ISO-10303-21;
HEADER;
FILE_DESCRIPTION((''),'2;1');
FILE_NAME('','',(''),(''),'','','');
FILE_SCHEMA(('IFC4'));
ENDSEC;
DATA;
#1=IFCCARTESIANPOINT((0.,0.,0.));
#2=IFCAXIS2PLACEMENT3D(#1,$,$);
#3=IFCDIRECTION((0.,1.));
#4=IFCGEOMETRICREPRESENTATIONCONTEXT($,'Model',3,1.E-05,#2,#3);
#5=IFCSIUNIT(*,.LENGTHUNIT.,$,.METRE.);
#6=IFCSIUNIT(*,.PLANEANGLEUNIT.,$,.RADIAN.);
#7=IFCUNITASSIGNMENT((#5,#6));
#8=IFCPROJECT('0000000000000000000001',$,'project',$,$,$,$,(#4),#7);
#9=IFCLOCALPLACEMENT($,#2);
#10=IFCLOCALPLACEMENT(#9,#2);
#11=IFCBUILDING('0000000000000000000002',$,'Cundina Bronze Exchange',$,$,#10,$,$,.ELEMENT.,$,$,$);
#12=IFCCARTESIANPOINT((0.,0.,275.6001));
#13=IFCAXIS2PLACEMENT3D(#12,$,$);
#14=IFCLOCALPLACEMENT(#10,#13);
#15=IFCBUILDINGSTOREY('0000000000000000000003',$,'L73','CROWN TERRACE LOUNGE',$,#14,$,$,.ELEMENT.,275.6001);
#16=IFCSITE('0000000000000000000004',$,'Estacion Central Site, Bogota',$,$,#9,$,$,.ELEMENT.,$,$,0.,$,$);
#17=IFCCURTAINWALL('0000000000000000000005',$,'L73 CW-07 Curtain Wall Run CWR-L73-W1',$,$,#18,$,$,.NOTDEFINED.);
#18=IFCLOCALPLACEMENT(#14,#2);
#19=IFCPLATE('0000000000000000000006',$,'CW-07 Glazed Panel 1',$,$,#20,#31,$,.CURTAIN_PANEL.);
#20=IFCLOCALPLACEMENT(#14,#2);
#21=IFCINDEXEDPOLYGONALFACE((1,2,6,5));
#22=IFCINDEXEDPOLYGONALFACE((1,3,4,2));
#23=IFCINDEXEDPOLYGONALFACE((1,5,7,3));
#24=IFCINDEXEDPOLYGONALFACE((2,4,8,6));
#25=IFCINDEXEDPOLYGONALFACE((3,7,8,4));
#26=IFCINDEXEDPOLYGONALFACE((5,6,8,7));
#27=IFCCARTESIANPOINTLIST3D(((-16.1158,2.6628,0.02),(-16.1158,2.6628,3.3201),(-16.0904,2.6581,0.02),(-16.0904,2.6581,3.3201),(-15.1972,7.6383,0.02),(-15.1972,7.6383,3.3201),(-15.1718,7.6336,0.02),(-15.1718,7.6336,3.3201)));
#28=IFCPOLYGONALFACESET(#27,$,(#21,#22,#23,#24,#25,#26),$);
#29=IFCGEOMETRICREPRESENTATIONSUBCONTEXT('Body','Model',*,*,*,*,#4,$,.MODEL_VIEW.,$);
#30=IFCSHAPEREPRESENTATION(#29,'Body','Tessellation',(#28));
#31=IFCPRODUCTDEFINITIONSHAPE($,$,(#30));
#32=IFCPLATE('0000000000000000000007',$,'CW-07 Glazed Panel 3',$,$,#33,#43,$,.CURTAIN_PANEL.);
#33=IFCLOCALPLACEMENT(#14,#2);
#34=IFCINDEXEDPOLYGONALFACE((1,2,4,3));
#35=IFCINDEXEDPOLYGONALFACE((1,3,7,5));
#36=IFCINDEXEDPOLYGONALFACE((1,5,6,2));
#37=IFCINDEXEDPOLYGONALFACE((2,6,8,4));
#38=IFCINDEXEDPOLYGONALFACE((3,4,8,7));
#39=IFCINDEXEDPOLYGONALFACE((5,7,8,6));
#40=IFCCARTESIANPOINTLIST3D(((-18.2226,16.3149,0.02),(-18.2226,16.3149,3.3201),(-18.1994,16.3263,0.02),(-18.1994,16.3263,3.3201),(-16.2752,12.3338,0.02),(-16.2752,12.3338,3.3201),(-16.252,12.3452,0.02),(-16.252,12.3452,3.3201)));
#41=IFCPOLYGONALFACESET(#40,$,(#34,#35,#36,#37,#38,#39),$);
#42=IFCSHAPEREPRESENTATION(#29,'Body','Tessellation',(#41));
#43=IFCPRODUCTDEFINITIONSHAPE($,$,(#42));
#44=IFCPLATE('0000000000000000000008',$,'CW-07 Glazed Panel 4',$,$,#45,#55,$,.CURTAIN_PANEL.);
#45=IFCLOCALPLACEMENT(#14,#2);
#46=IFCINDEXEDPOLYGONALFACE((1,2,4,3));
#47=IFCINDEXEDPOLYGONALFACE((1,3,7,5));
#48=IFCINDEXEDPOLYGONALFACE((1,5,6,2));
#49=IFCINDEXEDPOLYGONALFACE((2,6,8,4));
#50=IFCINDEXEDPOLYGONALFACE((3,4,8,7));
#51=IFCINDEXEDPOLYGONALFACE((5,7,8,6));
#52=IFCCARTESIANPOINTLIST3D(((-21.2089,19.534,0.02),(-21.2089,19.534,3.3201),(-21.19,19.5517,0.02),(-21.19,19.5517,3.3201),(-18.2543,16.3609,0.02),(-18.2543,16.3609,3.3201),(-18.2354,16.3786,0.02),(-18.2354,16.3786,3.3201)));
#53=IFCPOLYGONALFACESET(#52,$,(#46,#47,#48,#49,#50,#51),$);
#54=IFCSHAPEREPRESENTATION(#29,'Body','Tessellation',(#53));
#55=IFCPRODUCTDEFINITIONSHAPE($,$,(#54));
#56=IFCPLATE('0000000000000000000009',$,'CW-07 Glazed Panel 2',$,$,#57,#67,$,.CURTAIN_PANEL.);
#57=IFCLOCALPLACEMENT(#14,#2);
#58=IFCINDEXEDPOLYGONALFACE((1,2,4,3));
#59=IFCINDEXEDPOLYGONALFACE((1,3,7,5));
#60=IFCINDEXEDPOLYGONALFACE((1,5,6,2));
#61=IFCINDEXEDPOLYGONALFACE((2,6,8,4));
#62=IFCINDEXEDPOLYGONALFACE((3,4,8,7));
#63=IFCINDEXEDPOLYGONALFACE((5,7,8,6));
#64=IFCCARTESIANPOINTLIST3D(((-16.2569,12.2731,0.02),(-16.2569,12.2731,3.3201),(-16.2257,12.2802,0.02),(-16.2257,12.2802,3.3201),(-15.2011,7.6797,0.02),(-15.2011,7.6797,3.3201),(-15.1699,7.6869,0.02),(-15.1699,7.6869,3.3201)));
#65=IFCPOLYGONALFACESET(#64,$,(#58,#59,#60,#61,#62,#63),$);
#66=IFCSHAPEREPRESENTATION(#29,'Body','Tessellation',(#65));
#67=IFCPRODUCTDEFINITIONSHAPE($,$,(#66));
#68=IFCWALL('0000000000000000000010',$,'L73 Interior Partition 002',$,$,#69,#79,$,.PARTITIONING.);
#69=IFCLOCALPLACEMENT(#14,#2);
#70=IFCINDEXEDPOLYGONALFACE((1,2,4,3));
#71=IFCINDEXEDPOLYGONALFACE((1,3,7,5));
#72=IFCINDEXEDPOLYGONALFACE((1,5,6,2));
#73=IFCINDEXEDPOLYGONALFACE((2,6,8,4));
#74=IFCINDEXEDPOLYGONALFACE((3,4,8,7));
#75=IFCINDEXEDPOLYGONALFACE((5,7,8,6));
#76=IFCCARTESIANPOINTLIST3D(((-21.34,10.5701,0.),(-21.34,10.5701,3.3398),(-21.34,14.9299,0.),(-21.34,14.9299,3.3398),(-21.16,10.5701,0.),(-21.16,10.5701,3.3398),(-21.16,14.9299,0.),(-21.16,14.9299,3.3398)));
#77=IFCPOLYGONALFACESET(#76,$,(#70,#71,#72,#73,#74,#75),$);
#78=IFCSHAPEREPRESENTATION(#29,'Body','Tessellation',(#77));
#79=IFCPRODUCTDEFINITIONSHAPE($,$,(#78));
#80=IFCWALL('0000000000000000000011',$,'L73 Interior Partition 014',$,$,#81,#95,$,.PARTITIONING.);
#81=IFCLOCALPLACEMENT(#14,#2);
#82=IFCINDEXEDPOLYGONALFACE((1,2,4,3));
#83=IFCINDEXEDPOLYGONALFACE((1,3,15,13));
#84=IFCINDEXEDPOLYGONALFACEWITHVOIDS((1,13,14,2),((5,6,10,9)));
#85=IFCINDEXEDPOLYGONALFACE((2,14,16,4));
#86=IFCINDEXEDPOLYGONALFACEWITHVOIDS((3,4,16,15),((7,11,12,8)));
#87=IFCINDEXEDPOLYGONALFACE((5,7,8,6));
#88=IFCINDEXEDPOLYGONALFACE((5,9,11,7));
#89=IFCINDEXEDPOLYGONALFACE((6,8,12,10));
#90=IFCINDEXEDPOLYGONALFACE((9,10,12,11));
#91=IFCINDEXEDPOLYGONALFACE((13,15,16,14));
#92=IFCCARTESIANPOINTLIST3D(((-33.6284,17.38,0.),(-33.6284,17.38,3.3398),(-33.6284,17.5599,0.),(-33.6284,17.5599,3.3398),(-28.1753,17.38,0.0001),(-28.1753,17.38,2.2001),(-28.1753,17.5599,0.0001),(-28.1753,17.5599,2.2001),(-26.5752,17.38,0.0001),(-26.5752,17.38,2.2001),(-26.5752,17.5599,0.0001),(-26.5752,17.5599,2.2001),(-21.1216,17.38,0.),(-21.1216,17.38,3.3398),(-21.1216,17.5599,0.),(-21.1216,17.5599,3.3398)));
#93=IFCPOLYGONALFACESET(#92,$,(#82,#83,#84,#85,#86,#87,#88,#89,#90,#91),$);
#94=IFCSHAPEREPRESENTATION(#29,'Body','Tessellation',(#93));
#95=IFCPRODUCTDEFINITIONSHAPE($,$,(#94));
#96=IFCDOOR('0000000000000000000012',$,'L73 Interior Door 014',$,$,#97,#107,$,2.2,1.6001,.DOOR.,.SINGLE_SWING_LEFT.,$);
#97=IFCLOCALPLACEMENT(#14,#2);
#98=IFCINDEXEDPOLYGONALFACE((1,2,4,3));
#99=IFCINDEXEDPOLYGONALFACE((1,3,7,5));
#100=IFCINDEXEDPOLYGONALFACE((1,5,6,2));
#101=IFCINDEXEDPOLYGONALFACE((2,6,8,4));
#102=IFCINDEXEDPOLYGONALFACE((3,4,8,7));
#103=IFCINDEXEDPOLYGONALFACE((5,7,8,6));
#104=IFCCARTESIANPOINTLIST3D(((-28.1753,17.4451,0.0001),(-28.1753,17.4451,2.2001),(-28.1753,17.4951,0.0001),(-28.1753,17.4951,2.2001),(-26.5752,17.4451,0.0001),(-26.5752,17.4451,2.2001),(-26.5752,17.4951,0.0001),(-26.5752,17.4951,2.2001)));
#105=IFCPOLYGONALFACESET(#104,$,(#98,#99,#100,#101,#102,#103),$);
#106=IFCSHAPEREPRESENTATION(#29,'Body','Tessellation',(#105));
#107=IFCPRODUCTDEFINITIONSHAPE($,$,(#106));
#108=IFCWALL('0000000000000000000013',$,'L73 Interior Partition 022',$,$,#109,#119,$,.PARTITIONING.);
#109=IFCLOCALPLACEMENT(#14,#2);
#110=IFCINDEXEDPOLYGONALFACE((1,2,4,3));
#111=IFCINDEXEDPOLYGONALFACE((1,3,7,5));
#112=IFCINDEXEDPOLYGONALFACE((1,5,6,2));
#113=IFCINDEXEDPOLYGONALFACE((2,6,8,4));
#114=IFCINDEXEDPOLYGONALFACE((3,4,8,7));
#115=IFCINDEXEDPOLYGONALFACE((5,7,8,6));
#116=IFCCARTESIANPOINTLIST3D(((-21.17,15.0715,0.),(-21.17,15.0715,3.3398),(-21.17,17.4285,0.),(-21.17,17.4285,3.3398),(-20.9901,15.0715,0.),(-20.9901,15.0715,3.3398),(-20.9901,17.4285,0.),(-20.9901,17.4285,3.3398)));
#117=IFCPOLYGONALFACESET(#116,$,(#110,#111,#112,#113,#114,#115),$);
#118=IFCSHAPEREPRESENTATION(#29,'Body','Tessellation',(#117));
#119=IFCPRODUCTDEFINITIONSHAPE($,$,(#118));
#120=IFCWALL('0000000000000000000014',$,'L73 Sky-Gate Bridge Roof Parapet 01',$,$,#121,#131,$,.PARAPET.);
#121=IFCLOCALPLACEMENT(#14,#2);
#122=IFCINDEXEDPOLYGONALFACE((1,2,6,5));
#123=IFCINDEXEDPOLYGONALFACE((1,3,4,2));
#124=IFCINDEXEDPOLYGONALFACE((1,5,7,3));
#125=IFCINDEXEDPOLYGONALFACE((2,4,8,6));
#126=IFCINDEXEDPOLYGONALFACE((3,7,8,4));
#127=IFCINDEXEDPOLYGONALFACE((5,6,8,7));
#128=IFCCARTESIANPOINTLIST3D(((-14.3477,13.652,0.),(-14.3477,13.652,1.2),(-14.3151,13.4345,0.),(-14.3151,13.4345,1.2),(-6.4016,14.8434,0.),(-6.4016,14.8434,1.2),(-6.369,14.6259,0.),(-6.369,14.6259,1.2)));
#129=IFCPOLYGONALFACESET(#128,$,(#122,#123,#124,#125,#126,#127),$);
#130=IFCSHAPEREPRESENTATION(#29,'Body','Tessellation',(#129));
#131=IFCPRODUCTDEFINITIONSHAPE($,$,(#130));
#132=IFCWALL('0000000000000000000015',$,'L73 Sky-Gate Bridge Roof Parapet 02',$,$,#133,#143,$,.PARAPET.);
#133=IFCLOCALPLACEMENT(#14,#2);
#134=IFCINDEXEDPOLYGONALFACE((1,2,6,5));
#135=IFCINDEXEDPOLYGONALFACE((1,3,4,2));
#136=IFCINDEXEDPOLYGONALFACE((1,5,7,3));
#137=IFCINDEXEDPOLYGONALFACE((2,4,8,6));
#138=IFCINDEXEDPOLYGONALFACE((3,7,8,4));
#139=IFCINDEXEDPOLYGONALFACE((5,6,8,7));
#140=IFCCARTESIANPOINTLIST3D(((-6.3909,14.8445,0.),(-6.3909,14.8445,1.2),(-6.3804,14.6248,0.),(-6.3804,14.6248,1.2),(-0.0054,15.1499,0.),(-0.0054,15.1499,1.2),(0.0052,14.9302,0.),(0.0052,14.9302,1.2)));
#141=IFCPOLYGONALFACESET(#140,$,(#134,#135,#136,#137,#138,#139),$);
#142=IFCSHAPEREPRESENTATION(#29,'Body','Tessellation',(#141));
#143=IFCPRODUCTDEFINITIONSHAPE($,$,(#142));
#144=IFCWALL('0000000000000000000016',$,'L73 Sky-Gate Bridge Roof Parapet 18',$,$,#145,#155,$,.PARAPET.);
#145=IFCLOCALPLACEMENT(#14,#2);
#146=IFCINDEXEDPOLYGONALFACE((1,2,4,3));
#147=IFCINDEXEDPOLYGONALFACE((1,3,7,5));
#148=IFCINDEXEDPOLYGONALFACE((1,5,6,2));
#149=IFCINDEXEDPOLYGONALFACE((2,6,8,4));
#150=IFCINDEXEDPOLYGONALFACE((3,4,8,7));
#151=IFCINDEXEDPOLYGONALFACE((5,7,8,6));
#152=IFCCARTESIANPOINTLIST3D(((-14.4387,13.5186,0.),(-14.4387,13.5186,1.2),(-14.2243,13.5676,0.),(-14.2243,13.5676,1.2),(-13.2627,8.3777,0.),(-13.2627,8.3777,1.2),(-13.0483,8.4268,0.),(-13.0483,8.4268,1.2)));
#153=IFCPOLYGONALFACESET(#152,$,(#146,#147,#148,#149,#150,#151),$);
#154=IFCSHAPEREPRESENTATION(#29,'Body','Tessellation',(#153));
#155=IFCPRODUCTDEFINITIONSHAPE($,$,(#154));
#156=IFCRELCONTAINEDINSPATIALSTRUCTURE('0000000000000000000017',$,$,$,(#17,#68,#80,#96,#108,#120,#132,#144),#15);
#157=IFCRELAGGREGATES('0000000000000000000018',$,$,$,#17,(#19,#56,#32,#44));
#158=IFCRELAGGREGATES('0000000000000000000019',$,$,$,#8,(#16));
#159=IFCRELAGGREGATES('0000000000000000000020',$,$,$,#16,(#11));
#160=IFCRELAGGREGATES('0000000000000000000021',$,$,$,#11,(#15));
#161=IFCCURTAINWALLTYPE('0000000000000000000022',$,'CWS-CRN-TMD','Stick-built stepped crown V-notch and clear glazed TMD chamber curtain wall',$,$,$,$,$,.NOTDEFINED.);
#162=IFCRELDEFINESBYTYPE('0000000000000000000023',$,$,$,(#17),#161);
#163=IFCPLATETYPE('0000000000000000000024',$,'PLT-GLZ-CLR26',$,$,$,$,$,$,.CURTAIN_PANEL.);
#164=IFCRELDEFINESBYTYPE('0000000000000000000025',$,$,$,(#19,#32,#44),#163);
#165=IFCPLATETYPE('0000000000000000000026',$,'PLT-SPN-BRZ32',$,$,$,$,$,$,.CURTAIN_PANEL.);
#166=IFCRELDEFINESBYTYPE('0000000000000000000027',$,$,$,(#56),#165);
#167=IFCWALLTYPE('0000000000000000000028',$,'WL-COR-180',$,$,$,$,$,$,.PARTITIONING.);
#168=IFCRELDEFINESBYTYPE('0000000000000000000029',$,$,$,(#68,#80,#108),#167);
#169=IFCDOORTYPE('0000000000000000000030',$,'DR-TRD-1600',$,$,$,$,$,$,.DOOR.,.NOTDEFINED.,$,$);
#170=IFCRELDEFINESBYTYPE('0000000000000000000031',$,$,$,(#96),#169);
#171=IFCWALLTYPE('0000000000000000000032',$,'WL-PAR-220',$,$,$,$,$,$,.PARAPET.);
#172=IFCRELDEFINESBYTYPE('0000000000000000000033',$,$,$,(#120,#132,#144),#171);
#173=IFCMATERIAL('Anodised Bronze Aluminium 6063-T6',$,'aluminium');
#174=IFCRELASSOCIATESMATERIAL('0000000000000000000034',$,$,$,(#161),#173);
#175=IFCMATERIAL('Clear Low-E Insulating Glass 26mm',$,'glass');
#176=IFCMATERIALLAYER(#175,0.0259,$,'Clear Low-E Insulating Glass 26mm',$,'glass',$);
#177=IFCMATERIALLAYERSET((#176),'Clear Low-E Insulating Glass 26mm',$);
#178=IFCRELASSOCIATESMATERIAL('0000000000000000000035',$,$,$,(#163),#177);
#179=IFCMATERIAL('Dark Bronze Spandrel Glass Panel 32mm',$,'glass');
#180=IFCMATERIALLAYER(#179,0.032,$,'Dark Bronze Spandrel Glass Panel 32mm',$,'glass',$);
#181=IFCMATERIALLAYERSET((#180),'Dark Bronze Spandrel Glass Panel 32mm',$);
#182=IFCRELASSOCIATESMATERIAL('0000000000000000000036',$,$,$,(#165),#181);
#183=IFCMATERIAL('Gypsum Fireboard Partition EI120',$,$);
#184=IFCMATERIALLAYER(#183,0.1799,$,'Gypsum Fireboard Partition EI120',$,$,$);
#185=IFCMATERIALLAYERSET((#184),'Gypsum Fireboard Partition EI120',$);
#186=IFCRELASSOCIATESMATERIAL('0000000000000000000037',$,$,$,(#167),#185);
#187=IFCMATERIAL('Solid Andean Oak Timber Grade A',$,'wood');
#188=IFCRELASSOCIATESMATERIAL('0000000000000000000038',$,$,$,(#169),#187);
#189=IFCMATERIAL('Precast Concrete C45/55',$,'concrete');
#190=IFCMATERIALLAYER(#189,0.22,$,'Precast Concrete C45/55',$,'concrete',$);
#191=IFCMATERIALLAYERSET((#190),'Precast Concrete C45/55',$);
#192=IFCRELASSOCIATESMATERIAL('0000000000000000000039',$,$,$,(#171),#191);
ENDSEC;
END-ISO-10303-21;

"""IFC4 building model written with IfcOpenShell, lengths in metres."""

from ifc_helpers import new_model, si_unit, direction, frame, frame_2d, origin, origin_2d, place, context, subcontext, project, spatial, rectangle, extrude, material, layer, layer_set, type_object, element, fill, aggregate, save


model = new_model("IFC4")

# Units and contexts
model_context = context("Model", 3, precision=1e-05, world=origin(), true_north=direction((0.0, 1.0)))
body_context = subcontext(model_context, "Body", "Model", "MODEL_VIEW")
ifc_project = project(units=[si_unit("LENGTHUNIT", "METRE"), si_unit("PLANEANGLEUNIT", "RADIAN")], contexts=[model_context])

# Site, building, storey
site_placement = place(None, origin())
site = spatial("IfcSite", under=ifc_project, at=site_placement, Name="Estacion Central Site, Bogota", CompositionType="ELEMENT", RefElevation=0.0)
building_placement = place(site_placement, origin())
building = spatial("IfcBuilding", under=site, at=building_placement, Name="Cundina Bronze Exchange", CompositionType="ELEMENT")
storey_placement = place(building_placement, frame((0.0, 0.0, 275.6001)))
storey = spatial("IfcBuildingStorey", under=building, at=storey_placement, Name="L73", Description="CROWN TERRACE LOUNGE", CompositionType="ELEMENT", Elevation=275.6001)

# Curtain wall, plates
ifc_material_1 = material(Name="Anodised Bronze Aluminium 6063-T6", Category="aluminium")
curtain_wall_type = type_object("IfcCurtainWallType", Name="CWS-CRN-TMD", Description="Stick-built stepped crown V-notch and clear glazed TMD chamber curtain wall", PredefinedType="NOTDEFINED", material=ifc_material_1)
curtain_wall_placement = place(storey_placement, origin())
curtain_wall = element("IfcCurtainWall", 1, at=curtain_wall_placement, inside=storey, type_object=curtain_wall_type, Name="L73 CW-07 Curtain Wall Run CWR-L73-W1", PredefinedType="NOTDEFINED")
ifc_material_2 = material(Name="Clear Low-E Insulating Glass 26mm", Category="glass")
ifc_layer_1 = layer(ifc_material_2, 0.0259, Name="Clear Low-E Insulating Glass 26mm", Category="glass")
ifc_layer_set_1 = layer_set([ifc_layer_1], Name="Clear Low-E Insulating Glass 26mm")
plate_type_1 = type_object("IfcPlateType", Name="PLT-GLZ-CLR26", PredefinedType="CURTAIN_PANEL", material=ifc_layer_set_1)
plate_1_placement = place(storey_placement, frame((-15.6438, 5.1482, 0.02), z_axis=(0.0, 0.0, 1.0), x_axis=(0.181566, 0.983379, 0.0)))
plate_1 = element("IfcPlate", 2, at=plate_1_placement, type_object=plate_type_1, Name="CW-07 Glazed Panel 1", PredefinedType="CURTAIN_PANEL", context=body_context, shape_type="SweptSolid", body=[
    extrude(rectangle(XDim=5.0596, YDim=0.0259, at=origin_2d()), origin(), (0.0, 0.0, 1.0), 3.3),
])
plate_2_placement = place(storey_placement, frame((-17.2373, 14.3301, 0.02), z_axis=(0.0, 0.0, 1.0), x_axis=(-0.439406, 0.898288, 0.0)))
plate_2 = element("IfcPlate", 3, at=plate_2_placement, type_object=plate_type_1, Name="CW-07 Glazed Panel 3", PredefinedType="CURTAIN_PANEL", context=body_context, shape_type="SweptSolid", body=[
    extrude(rectangle(XDim=4.4319, YDim=0.0259, at=origin_2d()), origin(), (0.0, 0.0, 1.0), 3.3),
])
plate_3_placement = place(storey_placement, frame((-19.7222, 17.9563, 0.02), z_axis=(0.0, 0.0, 1.0), x_axis=(-0.681462, 0.731853, 0.0)))
plate_3 = element("IfcPlate", 4, at=plate_3_placement, type_object=plate_type_1, Name="CW-07 Glazed Panel 4", PredefinedType="CURTAIN_PANEL", context=body_context, shape_type="SweptSolid", body=[
    extrude(rectangle(XDim=4.3357, YDim=0.0259, at=origin_2d()), origin(), (0.0, 0.0, 1.0), 3.3),
])
ifc_material_3 = material(Name="Dark Bronze Spandrel Glass Panel 32mm", Category="glass")
ifc_layer_2 = layer(ifc_material_3, 0.032, Name="Dark Bronze Spandrel Glass Panel 32mm", Category="glass")
ifc_layer_set_2 = layer_set([ifc_layer_2], Name="Dark Bronze Spandrel Glass Panel 32mm")
plate_type_2 = type_object("IfcPlateType", Name="PLT-SPN-BRZ32", PredefinedType="CURTAIN_PANEL", material=ifc_layer_set_2)
plate_4_placement = place(storey_placement, frame((-15.7134, 9.98, 0.02), z_axis=(0.0, 0.0, 1.0), x_axis=(-0.224016, 0.974586, 0.0)))
plate_4 = element("IfcPlate", 5, at=plate_4_placement, type_object=plate_type_2, Name="CW-07 Glazed Panel 2", PredefinedType="CURTAIN_PANEL", context=body_context, shape_type="SweptSolid", body=[
    extrude(rectangle(XDim=4.7131, YDim=0.032, at=origin_2d()), origin(), (0.0, 0.0, 1.0), 3.3),
])
aggregate(curtain_wall, [plate_1, plate_4, plate_2, plate_3])

# Wall
ifc_material_4 = material(Name="Gypsum Fireboard Partition EI120")
ifc_layer_3 = layer(ifc_material_4, 0.1799, Name="Gypsum Fireboard Partition EI120")
ifc_layer_set_3 = layer_set([ifc_layer_3], Name="Gypsum Fireboard Partition EI120")
wall_type_1 = type_object("IfcWallType", Name="WL-COR-180", PredefinedType="PARTITIONING", material=ifc_layer_set_3)
wall_1_placement = place(storey_placement, frame((-21.25, 10.5701, 0.0), z_axis=(0.0, 0.0, 1.0), x_axis=(0.0, 1.0, 0.0)))
element("IfcWall", 6, at=wall_1_placement, inside=storey, type_object=wall_type_1, Name="L73 Interior Partition 002", PredefinedType="PARTITIONING", context=body_context, shape_type="SweptSolid", body=[
    extrude(rectangle(XDim=4.3599, YDim=0.1799, at=frame_2d((2.1799, 0.0))), origin(), (0.0, 0.0, 1.0), 3.3398),
])

# Wall, opening, door
wall_2_placement = place(storey_placement, frame((-21.1216, 17.47, 0.0), z_axis=(0.0, 0.0, 1.0), x_axis=(-1.0, 0.0, 0.0)))
wall_2 = element("IfcWall", 7, at=wall_2_placement, inside=storey, type_object=wall_type_1, Name="L73 Interior Partition 014", PredefinedType="PARTITIONING", context=body_context, shape_type="SweptSolid", body=[
    extrude(rectangle(XDim=12.5068, YDim=0.1799, at=frame_2d((6.2534, 0.0))), origin(), (0.0, 0.0, 1.0), 3.3398),
])
opening_placement = place(wall_2_placement, frame((5.4536, 0.0, 0.0)))
opening = element("IfcOpeningElement", 8, at=opening_placement, cuts=wall_2, PredefinedType="OPENING", context=body_context, shape_type="SweptSolid", body=[
    extrude(rectangle(XDim=1.6001, YDim=2.2, at=frame_2d((0.8, 1.1001))), frame((0.0, 0.0999, 0.0), z_axis=(0.0, -1.0, 0.0), x_axis=(1.0, 0.0, 0.0)), (0.0, 0.0, 1.0), 0.2),
])
ifc_material_5 = material(Name="Solid Andean Oak Timber Grade A", Category="wood")
door_type = type_object("IfcDoorType", Name="DR-TRD-1600", OperationType="NOTDEFINED", PredefinedType="DOOR", material=ifc_material_5)
door_placement = place(opening_placement, origin())
door = element("IfcDoor", 9, at=door_placement, inside=storey, type_object=door_type, Name="L73 Interior Door 014", OperationType="SINGLE_SWING_LEFT", OverallHeight=2.2, OverallWidth=1.6001, PredefinedType="DOOR", context=body_context, shape_type="SweptSolid", body=[
    extrude(rectangle(XDim=1.6001, YDim=2.2, at=frame_2d((0.8, 1.1001))), frame((0.0, 0.0249, 0.0), z_axis=(0.0, -1.0, 0.0), x_axis=(1.0, 0.0, 0.0)), (0.0, 0.0, 1.0), 0.05),
])
fill(opening, door)

# Walls
wall_3_placement = place(storey_placement, frame((-21.0801, 15.0715, 0.0), z_axis=(0.0, 0.0, 1.0), x_axis=(0.0, 1.0, 0.0)))
element("IfcWall", 10, at=wall_3_placement, inside=storey, type_object=wall_type_1, Name="L73 Interior Partition 022", PredefinedType="PARTITIONING", context=body_context, shape_type="SweptSolid", body=[
    extrude(rectangle(XDim=2.3569, YDim=0.1799, at=frame_2d((1.1785, 0.0))), origin(), (0.0, 0.0, 1.0), 3.3398),
])
ifc_material_6 = material(Name="Precast Concrete C45/55", Category="concrete")
ifc_layer_4 = layer(ifc_material_6, 0.22, Name="Precast Concrete C45/55", Category="concrete")
ifc_layer_set_4 = layer_set([ifc_layer_4], Name="Precast Concrete C45/55")
wall_type_2 = type_object("IfcWallType", Name="WL-PAR-220", PredefinedType="PARAPET", material=ifc_layer_set_4)
wall_4_placement = place(storey_placement, frame((-14.3315, 13.5432, 0.0), z_axis=(0.0, 0.0, 1.0), x_axis=(0.988945, 0.14828, 0.0)))
element("IfcWall", 11, at=wall_4_placement, inside=storey, type_object=wall_type_2, Name="L73 Sky-Gate Bridge Roof Parapet 01", PredefinedType="PARAPET", context=body_context, shape_type="SweptSolid", body=[
    extrude(rectangle(XDim=8.0349, YDim=0.22, at=frame_2d((4.0176, 0.0))), origin(), (0.0, 0.0, 1.0), 1.2),
])
wall_5_placement = place(storey_placement, frame((-6.3855, 14.7346, 0.0), z_axis=(0.0, 0.0, 1.0), x_axis=(0.998858, 0.047776, 0.0)))
element("IfcWall", 12, at=wall_5_placement, inside=storey, type_object=wall_type_2, Name="L73 Sky-Gate Bridge Roof Parapet 02", PredefinedType="PARAPET", context=body_context, shape_type="SweptSolid", body=[
    extrude(rectangle(XDim=6.3928, YDim=0.22, at=frame_2d((3.1963, 0.0))), origin(), (0.0, 0.0, 1.0), 1.2),
])
wall_6_placement = place(storey_placement, frame((-13.1555, 8.4023, 0.0), z_axis=(0.0, 0.0, 1.0), x_axis=(-0.223, 0.974819, 0.0)))
element("IfcWall", 13, at=wall_6_placement, inside=storey, type_object=wall_type_2, Name="L73 Sky-Gate Bridge Roof Parapet 18", PredefinedType="PARAPET", context=body_context, shape_type="SweptSolid", body=[
    extrude(rectangle(XDim=5.2737, YDim=0.22, at=frame_2d((2.6367, 0.0))), origin(), (0.0, 0.0, 1.0), 1.2),
])

save(model, "model.ifc")
